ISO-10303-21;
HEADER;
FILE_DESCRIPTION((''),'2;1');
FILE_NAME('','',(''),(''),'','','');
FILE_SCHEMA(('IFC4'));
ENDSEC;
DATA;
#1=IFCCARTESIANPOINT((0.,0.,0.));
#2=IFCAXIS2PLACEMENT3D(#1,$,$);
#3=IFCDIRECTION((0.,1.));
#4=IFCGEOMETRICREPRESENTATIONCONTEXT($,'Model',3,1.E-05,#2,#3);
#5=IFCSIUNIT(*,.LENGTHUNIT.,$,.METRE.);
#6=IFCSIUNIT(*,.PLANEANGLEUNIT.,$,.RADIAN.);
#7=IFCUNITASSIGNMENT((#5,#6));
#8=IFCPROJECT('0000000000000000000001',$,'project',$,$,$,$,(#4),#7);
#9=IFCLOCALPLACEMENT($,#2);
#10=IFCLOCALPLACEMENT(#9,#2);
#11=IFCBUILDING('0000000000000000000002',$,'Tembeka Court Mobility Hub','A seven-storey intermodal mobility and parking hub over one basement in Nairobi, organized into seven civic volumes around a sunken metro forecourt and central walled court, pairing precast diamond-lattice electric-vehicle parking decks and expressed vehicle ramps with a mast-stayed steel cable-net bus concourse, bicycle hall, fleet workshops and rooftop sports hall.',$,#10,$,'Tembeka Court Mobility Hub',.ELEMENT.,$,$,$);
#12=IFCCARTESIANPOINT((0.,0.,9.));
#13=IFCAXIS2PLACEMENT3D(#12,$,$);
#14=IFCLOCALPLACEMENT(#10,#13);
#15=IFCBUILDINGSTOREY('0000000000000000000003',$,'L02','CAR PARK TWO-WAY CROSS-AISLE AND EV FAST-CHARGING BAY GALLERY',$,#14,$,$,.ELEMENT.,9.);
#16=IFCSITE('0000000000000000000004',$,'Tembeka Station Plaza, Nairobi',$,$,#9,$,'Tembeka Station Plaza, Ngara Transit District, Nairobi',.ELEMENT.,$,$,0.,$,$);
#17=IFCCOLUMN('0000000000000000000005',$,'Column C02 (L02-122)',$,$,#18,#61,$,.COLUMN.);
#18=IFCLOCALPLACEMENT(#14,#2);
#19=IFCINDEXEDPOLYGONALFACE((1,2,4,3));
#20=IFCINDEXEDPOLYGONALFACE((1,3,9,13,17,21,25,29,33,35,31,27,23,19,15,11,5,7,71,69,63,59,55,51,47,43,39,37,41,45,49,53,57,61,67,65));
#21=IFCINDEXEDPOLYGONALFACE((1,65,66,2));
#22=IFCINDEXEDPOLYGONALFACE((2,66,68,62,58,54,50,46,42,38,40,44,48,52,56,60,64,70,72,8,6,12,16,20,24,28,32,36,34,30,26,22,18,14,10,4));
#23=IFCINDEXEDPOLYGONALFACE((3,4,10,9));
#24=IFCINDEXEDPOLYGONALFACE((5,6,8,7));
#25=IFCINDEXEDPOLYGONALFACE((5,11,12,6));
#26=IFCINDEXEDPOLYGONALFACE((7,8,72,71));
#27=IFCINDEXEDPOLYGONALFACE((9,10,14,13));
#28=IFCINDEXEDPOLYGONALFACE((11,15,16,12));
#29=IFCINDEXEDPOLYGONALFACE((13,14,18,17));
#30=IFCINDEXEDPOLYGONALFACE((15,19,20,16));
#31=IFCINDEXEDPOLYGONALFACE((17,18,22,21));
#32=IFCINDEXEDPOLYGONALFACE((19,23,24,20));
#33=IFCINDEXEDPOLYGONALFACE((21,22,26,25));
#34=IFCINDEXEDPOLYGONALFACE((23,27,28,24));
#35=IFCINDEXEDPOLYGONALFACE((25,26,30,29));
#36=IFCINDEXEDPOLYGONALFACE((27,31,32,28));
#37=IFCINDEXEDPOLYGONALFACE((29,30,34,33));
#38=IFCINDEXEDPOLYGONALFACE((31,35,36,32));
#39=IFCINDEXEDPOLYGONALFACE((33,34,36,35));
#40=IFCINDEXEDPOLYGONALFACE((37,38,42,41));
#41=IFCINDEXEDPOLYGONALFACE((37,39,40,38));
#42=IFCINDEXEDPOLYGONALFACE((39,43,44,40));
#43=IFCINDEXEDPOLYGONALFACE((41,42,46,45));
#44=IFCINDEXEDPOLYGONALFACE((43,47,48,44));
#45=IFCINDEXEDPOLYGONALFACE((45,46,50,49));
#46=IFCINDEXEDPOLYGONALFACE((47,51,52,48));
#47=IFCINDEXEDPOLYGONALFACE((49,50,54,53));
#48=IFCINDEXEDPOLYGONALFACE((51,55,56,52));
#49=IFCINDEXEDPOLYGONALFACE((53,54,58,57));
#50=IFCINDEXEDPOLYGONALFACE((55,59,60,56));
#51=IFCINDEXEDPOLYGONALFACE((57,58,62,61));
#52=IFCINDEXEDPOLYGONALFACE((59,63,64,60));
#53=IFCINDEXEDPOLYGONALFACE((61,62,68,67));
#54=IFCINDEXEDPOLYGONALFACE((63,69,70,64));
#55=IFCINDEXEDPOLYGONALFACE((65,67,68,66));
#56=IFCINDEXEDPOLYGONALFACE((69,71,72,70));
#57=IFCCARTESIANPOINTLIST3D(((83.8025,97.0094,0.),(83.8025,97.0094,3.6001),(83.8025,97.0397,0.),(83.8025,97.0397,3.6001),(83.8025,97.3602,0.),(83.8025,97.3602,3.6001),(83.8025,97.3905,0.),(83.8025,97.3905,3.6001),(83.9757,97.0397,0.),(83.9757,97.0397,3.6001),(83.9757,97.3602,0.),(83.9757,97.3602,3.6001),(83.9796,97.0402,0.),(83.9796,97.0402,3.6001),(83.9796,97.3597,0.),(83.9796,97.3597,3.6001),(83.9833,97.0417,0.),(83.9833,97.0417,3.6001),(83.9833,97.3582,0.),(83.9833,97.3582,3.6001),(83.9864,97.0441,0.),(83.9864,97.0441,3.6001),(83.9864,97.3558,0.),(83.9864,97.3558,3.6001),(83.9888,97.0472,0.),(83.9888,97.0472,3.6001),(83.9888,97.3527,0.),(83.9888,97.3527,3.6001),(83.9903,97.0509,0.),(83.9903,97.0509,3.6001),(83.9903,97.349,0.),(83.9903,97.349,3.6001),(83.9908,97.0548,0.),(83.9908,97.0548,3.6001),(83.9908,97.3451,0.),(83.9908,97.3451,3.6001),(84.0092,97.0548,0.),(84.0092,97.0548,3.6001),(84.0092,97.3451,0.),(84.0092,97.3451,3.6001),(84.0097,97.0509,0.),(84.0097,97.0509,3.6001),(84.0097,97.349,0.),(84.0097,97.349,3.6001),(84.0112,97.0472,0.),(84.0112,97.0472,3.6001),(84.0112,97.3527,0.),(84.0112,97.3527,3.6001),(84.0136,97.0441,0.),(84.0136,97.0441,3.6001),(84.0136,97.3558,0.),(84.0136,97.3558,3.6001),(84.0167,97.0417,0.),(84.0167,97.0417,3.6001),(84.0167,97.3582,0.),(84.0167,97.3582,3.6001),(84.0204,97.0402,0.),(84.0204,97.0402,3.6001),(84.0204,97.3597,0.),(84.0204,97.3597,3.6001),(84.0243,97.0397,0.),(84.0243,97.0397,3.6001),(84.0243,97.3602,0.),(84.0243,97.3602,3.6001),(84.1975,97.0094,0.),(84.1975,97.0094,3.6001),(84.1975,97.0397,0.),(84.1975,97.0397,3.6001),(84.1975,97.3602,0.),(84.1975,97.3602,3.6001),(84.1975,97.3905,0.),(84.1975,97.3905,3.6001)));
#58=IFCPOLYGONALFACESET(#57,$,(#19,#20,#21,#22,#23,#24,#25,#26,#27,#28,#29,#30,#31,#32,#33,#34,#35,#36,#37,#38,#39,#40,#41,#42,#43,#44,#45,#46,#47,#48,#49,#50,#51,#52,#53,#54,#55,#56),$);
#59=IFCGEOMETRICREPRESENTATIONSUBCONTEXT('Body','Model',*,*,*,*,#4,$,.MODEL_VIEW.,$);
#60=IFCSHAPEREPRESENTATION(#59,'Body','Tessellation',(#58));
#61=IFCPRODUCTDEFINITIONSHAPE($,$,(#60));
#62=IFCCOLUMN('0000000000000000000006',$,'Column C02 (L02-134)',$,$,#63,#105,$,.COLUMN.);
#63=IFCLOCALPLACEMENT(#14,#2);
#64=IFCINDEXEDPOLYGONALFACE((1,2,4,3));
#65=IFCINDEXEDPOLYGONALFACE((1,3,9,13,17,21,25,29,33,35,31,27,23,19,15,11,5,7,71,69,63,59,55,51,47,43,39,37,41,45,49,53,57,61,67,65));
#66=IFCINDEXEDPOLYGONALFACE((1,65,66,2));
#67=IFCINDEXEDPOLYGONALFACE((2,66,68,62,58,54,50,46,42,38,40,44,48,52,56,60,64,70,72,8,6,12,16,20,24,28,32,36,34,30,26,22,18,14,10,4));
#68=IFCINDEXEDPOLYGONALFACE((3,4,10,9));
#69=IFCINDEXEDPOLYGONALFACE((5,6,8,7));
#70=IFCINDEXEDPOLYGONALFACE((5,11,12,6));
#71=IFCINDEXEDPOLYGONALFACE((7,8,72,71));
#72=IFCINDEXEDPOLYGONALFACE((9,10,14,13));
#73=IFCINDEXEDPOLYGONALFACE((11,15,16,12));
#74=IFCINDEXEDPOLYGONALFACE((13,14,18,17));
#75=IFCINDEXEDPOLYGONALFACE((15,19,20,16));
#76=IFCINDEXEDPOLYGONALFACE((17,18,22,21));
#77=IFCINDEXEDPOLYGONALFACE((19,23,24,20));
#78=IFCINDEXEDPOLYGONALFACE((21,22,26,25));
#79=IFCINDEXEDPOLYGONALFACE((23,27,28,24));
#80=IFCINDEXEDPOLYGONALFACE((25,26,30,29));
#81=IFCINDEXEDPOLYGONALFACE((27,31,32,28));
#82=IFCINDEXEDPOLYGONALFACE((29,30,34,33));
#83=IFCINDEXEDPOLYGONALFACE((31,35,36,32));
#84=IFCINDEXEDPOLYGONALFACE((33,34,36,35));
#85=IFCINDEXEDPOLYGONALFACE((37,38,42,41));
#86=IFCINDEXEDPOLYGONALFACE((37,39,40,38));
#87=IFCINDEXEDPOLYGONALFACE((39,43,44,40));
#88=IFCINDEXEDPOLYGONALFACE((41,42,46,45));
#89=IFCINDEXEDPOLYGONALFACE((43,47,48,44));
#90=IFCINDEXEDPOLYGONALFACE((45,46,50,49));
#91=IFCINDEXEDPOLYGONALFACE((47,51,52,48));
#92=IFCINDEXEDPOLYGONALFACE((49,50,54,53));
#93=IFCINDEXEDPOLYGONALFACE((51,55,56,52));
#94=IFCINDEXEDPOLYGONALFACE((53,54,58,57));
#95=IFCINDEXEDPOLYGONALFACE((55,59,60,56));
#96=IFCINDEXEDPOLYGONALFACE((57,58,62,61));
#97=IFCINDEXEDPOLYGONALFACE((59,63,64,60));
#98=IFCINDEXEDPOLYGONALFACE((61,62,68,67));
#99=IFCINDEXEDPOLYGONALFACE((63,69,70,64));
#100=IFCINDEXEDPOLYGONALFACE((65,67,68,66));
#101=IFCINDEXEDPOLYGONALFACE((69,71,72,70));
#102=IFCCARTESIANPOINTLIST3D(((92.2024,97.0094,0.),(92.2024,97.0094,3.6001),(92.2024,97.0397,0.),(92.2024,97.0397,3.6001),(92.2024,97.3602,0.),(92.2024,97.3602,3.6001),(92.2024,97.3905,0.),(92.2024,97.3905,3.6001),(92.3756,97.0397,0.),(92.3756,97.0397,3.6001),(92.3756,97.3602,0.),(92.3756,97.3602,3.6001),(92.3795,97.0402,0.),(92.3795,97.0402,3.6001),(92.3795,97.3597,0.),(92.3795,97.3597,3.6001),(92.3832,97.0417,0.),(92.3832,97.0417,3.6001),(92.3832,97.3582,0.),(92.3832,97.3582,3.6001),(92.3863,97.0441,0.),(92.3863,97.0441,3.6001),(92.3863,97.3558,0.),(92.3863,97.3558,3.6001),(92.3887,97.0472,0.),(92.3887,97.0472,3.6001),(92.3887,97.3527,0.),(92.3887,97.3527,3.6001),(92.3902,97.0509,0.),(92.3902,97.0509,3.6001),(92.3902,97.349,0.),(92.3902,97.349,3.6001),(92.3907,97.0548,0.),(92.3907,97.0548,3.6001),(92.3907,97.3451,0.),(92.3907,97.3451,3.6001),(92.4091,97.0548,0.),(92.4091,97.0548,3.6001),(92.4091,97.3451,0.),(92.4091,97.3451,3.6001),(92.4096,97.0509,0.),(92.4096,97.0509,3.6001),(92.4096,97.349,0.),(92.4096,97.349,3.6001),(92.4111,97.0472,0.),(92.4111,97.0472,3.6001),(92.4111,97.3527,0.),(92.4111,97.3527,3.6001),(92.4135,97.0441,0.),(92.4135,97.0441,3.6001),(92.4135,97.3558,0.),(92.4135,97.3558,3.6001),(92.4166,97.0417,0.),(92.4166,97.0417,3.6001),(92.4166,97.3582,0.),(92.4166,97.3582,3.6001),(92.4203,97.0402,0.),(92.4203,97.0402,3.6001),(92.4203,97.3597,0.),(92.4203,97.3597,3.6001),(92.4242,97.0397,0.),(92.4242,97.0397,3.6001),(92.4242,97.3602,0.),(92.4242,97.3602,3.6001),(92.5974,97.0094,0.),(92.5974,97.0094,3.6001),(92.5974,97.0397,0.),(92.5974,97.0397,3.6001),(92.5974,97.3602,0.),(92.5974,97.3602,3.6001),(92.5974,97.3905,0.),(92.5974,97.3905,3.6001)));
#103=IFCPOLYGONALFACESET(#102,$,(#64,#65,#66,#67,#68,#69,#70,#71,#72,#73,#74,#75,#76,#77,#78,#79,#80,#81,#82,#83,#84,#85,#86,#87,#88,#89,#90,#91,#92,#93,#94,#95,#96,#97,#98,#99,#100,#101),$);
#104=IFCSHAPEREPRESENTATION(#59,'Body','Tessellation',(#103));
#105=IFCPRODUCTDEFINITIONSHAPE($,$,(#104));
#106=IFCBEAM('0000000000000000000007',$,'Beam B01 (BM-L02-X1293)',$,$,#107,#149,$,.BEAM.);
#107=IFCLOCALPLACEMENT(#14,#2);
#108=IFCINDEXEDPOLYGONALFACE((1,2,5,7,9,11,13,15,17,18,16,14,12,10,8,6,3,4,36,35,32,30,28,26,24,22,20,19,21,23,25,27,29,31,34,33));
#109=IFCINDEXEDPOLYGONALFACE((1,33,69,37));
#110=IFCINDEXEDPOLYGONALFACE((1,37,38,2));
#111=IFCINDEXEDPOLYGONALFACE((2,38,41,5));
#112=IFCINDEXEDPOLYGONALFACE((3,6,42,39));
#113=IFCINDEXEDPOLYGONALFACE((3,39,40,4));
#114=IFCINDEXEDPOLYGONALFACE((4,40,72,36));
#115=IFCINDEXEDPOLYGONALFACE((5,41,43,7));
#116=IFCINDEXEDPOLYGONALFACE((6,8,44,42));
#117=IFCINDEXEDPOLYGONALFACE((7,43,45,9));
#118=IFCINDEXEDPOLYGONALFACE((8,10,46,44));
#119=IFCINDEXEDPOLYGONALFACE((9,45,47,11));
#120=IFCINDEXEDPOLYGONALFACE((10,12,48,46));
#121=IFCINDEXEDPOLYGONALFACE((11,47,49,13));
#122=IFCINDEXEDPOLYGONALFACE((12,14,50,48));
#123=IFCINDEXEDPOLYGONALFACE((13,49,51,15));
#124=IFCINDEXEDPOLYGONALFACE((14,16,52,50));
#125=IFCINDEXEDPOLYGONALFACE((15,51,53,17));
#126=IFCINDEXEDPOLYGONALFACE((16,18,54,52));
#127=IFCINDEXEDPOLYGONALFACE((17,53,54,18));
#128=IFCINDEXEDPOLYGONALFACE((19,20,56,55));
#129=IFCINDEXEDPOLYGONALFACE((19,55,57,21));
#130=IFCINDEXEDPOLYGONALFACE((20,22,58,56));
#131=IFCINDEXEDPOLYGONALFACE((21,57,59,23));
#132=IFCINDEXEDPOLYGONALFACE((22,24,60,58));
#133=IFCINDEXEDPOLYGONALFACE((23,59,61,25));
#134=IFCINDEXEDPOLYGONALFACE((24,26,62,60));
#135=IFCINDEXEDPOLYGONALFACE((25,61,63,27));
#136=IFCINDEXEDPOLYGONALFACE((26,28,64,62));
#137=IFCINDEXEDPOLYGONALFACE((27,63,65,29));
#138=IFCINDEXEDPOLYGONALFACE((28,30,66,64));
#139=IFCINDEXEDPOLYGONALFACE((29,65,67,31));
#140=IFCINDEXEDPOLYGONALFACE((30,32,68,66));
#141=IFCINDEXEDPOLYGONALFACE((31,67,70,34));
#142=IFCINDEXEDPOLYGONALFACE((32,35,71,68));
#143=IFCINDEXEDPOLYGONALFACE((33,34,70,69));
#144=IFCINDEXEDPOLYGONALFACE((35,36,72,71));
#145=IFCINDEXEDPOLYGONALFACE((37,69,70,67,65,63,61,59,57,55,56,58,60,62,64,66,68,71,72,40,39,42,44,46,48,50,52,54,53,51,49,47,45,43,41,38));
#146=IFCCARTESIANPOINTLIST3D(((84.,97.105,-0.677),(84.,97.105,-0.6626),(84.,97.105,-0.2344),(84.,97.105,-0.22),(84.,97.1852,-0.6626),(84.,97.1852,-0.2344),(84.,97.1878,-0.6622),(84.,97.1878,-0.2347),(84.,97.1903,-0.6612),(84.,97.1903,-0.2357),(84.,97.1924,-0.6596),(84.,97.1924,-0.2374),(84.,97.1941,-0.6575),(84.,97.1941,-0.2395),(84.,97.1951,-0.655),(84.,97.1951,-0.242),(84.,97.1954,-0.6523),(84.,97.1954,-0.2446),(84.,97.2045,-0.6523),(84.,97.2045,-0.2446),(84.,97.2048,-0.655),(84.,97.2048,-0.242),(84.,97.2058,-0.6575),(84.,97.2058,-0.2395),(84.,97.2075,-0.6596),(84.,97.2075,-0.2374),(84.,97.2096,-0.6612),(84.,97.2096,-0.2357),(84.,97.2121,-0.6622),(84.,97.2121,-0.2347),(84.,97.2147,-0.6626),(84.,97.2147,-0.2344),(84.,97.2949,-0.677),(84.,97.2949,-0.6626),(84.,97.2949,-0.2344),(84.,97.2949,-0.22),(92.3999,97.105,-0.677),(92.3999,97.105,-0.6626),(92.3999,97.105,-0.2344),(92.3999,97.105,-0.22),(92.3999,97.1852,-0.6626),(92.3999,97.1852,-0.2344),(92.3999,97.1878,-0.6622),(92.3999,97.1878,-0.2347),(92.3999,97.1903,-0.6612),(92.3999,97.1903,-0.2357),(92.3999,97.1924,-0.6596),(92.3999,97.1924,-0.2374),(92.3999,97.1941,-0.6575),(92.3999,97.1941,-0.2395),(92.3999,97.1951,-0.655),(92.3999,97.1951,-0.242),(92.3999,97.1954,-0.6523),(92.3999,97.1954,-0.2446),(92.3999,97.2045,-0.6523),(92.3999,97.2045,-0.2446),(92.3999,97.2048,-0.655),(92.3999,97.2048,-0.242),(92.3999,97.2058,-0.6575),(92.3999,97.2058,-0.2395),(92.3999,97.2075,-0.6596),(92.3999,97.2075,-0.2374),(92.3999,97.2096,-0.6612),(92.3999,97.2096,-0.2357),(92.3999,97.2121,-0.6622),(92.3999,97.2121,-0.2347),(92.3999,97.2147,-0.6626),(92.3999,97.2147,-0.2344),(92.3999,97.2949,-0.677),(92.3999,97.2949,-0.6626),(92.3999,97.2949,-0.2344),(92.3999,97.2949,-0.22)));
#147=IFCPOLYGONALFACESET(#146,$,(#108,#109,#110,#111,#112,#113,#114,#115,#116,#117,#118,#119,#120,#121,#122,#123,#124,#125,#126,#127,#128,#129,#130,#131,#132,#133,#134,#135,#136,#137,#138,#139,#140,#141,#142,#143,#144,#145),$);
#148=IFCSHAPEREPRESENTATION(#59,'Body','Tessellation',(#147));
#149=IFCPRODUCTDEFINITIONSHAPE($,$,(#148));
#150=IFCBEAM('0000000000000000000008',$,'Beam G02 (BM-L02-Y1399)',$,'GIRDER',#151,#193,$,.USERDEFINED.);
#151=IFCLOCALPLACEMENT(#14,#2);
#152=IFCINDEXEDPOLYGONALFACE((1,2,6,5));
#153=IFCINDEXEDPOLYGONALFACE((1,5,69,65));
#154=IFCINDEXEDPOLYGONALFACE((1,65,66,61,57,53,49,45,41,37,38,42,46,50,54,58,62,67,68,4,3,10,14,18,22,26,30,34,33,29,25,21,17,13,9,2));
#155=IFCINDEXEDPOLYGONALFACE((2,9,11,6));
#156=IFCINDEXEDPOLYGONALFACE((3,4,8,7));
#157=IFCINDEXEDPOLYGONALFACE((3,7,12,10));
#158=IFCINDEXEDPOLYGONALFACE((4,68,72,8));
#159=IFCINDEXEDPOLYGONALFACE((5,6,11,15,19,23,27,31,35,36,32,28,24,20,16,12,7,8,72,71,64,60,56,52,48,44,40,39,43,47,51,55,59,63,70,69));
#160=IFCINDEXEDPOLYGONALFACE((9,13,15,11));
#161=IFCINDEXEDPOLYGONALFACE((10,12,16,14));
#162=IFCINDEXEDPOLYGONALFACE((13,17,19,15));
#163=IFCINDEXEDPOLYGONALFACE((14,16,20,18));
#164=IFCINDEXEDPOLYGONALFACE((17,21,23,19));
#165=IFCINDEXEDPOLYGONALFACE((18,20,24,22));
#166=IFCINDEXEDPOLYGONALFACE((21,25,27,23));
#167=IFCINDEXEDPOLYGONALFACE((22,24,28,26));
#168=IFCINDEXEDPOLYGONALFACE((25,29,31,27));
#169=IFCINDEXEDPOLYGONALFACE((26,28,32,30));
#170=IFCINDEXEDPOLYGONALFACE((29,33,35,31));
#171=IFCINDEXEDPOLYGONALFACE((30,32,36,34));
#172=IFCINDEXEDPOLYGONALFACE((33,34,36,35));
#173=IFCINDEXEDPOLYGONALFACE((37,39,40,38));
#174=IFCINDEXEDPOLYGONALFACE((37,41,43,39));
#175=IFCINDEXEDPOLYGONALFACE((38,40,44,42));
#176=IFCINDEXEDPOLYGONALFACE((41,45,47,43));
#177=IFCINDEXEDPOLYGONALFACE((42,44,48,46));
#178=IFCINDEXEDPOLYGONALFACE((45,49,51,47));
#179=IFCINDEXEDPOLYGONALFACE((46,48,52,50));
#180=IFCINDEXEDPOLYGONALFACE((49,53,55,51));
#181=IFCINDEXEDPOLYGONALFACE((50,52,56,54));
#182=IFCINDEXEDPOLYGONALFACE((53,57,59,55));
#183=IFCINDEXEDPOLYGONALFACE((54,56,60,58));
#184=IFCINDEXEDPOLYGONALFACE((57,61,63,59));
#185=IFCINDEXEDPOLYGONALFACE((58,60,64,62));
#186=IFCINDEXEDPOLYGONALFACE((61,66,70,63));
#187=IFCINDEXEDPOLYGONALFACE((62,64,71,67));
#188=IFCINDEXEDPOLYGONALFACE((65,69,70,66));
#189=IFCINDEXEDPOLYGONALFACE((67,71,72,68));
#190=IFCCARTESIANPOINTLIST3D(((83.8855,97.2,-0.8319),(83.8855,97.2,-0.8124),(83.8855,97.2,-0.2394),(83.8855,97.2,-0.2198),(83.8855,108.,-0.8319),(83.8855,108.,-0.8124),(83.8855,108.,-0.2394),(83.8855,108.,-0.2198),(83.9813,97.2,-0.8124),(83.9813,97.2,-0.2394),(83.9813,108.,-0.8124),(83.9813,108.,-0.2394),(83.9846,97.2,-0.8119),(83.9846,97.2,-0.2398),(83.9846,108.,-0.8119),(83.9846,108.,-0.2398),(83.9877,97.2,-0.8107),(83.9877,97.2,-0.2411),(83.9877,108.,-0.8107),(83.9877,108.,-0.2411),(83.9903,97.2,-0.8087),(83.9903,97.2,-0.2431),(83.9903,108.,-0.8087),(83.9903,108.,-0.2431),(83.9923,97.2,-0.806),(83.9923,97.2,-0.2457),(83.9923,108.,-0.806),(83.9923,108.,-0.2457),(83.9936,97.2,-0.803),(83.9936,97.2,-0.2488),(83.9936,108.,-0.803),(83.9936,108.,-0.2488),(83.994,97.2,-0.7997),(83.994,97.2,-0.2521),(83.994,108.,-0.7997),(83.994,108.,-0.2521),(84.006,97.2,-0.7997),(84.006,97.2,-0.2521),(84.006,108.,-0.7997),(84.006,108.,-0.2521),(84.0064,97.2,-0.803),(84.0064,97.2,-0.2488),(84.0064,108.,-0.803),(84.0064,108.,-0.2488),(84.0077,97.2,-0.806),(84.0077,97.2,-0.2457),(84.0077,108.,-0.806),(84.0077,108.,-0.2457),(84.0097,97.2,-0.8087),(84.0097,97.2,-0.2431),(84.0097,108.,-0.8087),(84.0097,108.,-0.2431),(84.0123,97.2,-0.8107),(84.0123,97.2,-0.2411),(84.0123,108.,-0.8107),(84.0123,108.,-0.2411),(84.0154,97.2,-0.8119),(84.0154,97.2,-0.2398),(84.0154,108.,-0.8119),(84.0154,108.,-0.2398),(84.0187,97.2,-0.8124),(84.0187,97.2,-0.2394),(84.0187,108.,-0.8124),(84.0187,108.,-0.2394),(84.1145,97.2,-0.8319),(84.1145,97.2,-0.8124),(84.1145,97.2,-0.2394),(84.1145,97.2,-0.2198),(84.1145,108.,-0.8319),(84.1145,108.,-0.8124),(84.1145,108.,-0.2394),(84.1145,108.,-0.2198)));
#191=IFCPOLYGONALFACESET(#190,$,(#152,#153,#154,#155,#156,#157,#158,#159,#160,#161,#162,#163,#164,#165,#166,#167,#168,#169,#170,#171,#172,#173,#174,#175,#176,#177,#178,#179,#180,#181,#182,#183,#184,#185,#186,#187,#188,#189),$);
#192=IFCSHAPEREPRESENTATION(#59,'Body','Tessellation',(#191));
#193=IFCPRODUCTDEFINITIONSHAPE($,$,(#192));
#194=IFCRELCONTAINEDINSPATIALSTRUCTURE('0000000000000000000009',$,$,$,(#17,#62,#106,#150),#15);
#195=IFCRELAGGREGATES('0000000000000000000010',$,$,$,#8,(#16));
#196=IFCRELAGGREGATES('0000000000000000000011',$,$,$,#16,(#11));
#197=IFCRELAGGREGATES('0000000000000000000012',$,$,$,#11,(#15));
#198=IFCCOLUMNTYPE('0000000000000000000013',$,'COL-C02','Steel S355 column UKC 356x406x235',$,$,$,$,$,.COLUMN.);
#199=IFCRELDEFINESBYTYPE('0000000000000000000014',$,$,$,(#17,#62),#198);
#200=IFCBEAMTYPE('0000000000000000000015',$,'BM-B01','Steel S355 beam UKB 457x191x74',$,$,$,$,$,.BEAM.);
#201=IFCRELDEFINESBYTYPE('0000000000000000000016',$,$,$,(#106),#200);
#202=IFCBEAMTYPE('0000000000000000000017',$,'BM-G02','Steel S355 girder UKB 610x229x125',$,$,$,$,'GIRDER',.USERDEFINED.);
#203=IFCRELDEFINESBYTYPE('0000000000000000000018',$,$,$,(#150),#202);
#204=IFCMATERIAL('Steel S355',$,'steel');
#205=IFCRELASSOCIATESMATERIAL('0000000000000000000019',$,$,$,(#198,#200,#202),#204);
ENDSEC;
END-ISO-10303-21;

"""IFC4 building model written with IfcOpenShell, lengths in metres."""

from ifc_helpers import new_model, si_unit, direction, frame, origin, origin_2d, place, context, subcontext, project, spatial, i_section, extrude, material, material_profile, profile_set, type_object, element, save


model = new_model("IFC4")

# Units and contexts
model_context = context("Model", 3, precision=1e-05, world=origin(), true_north=direction((0.0, 1.0)))
body_context = subcontext(model_context, "Body", "Model", "MODEL_VIEW")
ifc_project = project(units=[si_unit("LENGTHUNIT", "METRE"), si_unit("PLANEANGLEUNIT", "RADIAN")], contexts=[model_context])

# Site, building, storey
site_placement = place(None, origin())
site = spatial("IfcSite", under=ifc_project, at=site_placement, Name="Tembeka Station Plaza, Nairobi", LongName="Tembeka Station Plaza, Ngara Transit District, Nairobi", CompositionType="ELEMENT", RefElevation=0.0)
building_placement = place(site_placement, origin())
building = spatial("IfcBuilding", under=site, at=building_placement, Name="Tembeka Court Mobility Hub", Description="A seven-storey intermodal mobility and parking hub over one basement in Nairobi, organized into seven civic volumes around a sunken metro forecourt and central walled court, pairing precast diamond-lattice electric-vehicle parking decks and expressed vehicle ramps with a mast-stayed steel cable-net bus concourse, bicycle hall, fleet workshops and rooftop sports hall.", LongName="Tembeka Court Mobility Hub", CompositionType="ELEMENT")
storey_placement = place(building_placement, frame((0.0, 0.0, 9.0)))
storey = spatial("IfcBuildingStorey", under=building, at=storey_placement, Name="L02", Description="CAR PARK TWO-WAY CROSS-AISLE AND EV FAST-CHARGING BAY GALLERY", CompositionType="ELEMENT", Elevation=9.0)

# Columns
ifc_material_1 = material(Name="Steel S355", Category="steel")
ifc_material_profile_1 = material_profile(ifc_material_1, i_section(OverallWidth=0.395, OverallDepth=0.3811, WebThickness=0.0183, FlangeThickness=0.0303, FilletRadius=0.0151, at=origin_2d()), Name="UKC 356x406x235")
ifc_profile_set_1 = profile_set([ifc_material_profile_1], Name="Steel S355")
column_type = type_object("IfcColumnType", Name="COL-C02", Description="Steel S355 column UKC 356x406x235", PredefinedType="COLUMN", material=ifc_profile_set_1)
for number, where, z_axis, x_axis, name in (
    (1, (84.0, 97.2, 0.0), (0.0, 0.0, 1.0), (1.0, 0.0, 0.0), "Column C02 (L02-122)"),
    (2, (92.3999, 97.2, 0.0), (0.0, 0.0, 1.0), (1.0, 0.0, 0.0), "Column C02 (L02-134)"),
):
    element("IfcColumn", number, at=place(storey_placement, frame(where, z_axis=z_axis, x_axis=x_axis)), inside=storey, type_object=column_type, Name=name, PredefinedType="COLUMN", context=body_context, shape_type="SweptSolid", body=[
        extrude(i_section(OverallWidth=0.395, OverallDepth=0.3811, WebThickness=0.0183, FlangeThickness=0.0303, FilletRadius=0.0151, at=origin_2d()), origin(), (0.0, 0.0, 1.0), 3.6001),
    ])

# Beams
ifc_material_profile_2 = material_profile(ifc_material_1, i_section(OverallWidth=0.1899, OverallDepth=0.457, WebThickness=0.009, FlangeThickness=0.0144, FilletRadius=0.0103, at=origin_2d()), Name="UKB 457x191x74")
ifc_profile_set_2 = profile_set([ifc_material_profile_2], Name="Steel S355")
beam_type_1 = type_object("IfcBeamType", Name="BM-B01", Description="Steel S355 beam UKB 457x191x74", PredefinedType="BEAM", material=ifc_profile_set_2)
beam_placement = place(storey_placement, frame((84.0, 97.2, -0.4485), z_axis=(1.0, 0.0, 0.0), x_axis=(0.0, 1.0, 0.0)))
element("IfcBeam", 3, at=beam_placement, inside=storey, type_object=beam_type_1, Name="Beam B01 (BM-L02-X1293)", PredefinedType="BEAM", context=body_context, shape_type="SweptSolid", body=[
    extrude(i_section(OverallWidth=0.1899, OverallDepth=0.457, WebThickness=0.009, FlangeThickness=0.0144, FilletRadius=0.0103, at=origin_2d()), origin(), (0.0, 0.0, 1.0), 8.3999),
])
ifc_material_profile_3 = material_profile(ifc_material_1, i_section(OverallWidth=0.229, OverallDepth=0.6121, WebThickness=0.012, FlangeThickness=0.0195, FilletRadius=0.0127, at=origin_2d()), Name="UKB 610x229x125")
ifc_profile_set_3 = profile_set([ifc_material_profile_3], Name="Steel S355")
beam_type_2 = type_object("IfcBeamType", Name="BM-G02", Description="Steel S355 girder UKB 610x229x125", ElementType="GIRDER", PredefinedType="USERDEFINED", material=ifc_profile_set_3)
for number, where, z_axis, x_axis, name in (
    (4, (84.0, 97.2, -0.5259), (0.0, 1.0, 0.0), (-1.0, 0.0, 0.0), "Beam G02 (BM-L02-Y1399)"),
):
    element("IfcBeam", number, at=place(storey_placement, frame(where, z_axis=z_axis, x_axis=x_axis)), inside=storey, type_object=beam_type_2, Name=name, ObjectType="GIRDER", PredefinedType="USERDEFINED", context=body_context, shape_type="SweptSolid", body=[
        extrude(i_section(OverallWidth=0.229, OverallDepth=0.6121, WebThickness=0.012, FlangeThickness=0.0195, FilletRadius=0.0127, at=origin_2d()), origin(), (0.0, 0.0, 1.0), 10.8),
    ])

save(model, "model.ifc")
